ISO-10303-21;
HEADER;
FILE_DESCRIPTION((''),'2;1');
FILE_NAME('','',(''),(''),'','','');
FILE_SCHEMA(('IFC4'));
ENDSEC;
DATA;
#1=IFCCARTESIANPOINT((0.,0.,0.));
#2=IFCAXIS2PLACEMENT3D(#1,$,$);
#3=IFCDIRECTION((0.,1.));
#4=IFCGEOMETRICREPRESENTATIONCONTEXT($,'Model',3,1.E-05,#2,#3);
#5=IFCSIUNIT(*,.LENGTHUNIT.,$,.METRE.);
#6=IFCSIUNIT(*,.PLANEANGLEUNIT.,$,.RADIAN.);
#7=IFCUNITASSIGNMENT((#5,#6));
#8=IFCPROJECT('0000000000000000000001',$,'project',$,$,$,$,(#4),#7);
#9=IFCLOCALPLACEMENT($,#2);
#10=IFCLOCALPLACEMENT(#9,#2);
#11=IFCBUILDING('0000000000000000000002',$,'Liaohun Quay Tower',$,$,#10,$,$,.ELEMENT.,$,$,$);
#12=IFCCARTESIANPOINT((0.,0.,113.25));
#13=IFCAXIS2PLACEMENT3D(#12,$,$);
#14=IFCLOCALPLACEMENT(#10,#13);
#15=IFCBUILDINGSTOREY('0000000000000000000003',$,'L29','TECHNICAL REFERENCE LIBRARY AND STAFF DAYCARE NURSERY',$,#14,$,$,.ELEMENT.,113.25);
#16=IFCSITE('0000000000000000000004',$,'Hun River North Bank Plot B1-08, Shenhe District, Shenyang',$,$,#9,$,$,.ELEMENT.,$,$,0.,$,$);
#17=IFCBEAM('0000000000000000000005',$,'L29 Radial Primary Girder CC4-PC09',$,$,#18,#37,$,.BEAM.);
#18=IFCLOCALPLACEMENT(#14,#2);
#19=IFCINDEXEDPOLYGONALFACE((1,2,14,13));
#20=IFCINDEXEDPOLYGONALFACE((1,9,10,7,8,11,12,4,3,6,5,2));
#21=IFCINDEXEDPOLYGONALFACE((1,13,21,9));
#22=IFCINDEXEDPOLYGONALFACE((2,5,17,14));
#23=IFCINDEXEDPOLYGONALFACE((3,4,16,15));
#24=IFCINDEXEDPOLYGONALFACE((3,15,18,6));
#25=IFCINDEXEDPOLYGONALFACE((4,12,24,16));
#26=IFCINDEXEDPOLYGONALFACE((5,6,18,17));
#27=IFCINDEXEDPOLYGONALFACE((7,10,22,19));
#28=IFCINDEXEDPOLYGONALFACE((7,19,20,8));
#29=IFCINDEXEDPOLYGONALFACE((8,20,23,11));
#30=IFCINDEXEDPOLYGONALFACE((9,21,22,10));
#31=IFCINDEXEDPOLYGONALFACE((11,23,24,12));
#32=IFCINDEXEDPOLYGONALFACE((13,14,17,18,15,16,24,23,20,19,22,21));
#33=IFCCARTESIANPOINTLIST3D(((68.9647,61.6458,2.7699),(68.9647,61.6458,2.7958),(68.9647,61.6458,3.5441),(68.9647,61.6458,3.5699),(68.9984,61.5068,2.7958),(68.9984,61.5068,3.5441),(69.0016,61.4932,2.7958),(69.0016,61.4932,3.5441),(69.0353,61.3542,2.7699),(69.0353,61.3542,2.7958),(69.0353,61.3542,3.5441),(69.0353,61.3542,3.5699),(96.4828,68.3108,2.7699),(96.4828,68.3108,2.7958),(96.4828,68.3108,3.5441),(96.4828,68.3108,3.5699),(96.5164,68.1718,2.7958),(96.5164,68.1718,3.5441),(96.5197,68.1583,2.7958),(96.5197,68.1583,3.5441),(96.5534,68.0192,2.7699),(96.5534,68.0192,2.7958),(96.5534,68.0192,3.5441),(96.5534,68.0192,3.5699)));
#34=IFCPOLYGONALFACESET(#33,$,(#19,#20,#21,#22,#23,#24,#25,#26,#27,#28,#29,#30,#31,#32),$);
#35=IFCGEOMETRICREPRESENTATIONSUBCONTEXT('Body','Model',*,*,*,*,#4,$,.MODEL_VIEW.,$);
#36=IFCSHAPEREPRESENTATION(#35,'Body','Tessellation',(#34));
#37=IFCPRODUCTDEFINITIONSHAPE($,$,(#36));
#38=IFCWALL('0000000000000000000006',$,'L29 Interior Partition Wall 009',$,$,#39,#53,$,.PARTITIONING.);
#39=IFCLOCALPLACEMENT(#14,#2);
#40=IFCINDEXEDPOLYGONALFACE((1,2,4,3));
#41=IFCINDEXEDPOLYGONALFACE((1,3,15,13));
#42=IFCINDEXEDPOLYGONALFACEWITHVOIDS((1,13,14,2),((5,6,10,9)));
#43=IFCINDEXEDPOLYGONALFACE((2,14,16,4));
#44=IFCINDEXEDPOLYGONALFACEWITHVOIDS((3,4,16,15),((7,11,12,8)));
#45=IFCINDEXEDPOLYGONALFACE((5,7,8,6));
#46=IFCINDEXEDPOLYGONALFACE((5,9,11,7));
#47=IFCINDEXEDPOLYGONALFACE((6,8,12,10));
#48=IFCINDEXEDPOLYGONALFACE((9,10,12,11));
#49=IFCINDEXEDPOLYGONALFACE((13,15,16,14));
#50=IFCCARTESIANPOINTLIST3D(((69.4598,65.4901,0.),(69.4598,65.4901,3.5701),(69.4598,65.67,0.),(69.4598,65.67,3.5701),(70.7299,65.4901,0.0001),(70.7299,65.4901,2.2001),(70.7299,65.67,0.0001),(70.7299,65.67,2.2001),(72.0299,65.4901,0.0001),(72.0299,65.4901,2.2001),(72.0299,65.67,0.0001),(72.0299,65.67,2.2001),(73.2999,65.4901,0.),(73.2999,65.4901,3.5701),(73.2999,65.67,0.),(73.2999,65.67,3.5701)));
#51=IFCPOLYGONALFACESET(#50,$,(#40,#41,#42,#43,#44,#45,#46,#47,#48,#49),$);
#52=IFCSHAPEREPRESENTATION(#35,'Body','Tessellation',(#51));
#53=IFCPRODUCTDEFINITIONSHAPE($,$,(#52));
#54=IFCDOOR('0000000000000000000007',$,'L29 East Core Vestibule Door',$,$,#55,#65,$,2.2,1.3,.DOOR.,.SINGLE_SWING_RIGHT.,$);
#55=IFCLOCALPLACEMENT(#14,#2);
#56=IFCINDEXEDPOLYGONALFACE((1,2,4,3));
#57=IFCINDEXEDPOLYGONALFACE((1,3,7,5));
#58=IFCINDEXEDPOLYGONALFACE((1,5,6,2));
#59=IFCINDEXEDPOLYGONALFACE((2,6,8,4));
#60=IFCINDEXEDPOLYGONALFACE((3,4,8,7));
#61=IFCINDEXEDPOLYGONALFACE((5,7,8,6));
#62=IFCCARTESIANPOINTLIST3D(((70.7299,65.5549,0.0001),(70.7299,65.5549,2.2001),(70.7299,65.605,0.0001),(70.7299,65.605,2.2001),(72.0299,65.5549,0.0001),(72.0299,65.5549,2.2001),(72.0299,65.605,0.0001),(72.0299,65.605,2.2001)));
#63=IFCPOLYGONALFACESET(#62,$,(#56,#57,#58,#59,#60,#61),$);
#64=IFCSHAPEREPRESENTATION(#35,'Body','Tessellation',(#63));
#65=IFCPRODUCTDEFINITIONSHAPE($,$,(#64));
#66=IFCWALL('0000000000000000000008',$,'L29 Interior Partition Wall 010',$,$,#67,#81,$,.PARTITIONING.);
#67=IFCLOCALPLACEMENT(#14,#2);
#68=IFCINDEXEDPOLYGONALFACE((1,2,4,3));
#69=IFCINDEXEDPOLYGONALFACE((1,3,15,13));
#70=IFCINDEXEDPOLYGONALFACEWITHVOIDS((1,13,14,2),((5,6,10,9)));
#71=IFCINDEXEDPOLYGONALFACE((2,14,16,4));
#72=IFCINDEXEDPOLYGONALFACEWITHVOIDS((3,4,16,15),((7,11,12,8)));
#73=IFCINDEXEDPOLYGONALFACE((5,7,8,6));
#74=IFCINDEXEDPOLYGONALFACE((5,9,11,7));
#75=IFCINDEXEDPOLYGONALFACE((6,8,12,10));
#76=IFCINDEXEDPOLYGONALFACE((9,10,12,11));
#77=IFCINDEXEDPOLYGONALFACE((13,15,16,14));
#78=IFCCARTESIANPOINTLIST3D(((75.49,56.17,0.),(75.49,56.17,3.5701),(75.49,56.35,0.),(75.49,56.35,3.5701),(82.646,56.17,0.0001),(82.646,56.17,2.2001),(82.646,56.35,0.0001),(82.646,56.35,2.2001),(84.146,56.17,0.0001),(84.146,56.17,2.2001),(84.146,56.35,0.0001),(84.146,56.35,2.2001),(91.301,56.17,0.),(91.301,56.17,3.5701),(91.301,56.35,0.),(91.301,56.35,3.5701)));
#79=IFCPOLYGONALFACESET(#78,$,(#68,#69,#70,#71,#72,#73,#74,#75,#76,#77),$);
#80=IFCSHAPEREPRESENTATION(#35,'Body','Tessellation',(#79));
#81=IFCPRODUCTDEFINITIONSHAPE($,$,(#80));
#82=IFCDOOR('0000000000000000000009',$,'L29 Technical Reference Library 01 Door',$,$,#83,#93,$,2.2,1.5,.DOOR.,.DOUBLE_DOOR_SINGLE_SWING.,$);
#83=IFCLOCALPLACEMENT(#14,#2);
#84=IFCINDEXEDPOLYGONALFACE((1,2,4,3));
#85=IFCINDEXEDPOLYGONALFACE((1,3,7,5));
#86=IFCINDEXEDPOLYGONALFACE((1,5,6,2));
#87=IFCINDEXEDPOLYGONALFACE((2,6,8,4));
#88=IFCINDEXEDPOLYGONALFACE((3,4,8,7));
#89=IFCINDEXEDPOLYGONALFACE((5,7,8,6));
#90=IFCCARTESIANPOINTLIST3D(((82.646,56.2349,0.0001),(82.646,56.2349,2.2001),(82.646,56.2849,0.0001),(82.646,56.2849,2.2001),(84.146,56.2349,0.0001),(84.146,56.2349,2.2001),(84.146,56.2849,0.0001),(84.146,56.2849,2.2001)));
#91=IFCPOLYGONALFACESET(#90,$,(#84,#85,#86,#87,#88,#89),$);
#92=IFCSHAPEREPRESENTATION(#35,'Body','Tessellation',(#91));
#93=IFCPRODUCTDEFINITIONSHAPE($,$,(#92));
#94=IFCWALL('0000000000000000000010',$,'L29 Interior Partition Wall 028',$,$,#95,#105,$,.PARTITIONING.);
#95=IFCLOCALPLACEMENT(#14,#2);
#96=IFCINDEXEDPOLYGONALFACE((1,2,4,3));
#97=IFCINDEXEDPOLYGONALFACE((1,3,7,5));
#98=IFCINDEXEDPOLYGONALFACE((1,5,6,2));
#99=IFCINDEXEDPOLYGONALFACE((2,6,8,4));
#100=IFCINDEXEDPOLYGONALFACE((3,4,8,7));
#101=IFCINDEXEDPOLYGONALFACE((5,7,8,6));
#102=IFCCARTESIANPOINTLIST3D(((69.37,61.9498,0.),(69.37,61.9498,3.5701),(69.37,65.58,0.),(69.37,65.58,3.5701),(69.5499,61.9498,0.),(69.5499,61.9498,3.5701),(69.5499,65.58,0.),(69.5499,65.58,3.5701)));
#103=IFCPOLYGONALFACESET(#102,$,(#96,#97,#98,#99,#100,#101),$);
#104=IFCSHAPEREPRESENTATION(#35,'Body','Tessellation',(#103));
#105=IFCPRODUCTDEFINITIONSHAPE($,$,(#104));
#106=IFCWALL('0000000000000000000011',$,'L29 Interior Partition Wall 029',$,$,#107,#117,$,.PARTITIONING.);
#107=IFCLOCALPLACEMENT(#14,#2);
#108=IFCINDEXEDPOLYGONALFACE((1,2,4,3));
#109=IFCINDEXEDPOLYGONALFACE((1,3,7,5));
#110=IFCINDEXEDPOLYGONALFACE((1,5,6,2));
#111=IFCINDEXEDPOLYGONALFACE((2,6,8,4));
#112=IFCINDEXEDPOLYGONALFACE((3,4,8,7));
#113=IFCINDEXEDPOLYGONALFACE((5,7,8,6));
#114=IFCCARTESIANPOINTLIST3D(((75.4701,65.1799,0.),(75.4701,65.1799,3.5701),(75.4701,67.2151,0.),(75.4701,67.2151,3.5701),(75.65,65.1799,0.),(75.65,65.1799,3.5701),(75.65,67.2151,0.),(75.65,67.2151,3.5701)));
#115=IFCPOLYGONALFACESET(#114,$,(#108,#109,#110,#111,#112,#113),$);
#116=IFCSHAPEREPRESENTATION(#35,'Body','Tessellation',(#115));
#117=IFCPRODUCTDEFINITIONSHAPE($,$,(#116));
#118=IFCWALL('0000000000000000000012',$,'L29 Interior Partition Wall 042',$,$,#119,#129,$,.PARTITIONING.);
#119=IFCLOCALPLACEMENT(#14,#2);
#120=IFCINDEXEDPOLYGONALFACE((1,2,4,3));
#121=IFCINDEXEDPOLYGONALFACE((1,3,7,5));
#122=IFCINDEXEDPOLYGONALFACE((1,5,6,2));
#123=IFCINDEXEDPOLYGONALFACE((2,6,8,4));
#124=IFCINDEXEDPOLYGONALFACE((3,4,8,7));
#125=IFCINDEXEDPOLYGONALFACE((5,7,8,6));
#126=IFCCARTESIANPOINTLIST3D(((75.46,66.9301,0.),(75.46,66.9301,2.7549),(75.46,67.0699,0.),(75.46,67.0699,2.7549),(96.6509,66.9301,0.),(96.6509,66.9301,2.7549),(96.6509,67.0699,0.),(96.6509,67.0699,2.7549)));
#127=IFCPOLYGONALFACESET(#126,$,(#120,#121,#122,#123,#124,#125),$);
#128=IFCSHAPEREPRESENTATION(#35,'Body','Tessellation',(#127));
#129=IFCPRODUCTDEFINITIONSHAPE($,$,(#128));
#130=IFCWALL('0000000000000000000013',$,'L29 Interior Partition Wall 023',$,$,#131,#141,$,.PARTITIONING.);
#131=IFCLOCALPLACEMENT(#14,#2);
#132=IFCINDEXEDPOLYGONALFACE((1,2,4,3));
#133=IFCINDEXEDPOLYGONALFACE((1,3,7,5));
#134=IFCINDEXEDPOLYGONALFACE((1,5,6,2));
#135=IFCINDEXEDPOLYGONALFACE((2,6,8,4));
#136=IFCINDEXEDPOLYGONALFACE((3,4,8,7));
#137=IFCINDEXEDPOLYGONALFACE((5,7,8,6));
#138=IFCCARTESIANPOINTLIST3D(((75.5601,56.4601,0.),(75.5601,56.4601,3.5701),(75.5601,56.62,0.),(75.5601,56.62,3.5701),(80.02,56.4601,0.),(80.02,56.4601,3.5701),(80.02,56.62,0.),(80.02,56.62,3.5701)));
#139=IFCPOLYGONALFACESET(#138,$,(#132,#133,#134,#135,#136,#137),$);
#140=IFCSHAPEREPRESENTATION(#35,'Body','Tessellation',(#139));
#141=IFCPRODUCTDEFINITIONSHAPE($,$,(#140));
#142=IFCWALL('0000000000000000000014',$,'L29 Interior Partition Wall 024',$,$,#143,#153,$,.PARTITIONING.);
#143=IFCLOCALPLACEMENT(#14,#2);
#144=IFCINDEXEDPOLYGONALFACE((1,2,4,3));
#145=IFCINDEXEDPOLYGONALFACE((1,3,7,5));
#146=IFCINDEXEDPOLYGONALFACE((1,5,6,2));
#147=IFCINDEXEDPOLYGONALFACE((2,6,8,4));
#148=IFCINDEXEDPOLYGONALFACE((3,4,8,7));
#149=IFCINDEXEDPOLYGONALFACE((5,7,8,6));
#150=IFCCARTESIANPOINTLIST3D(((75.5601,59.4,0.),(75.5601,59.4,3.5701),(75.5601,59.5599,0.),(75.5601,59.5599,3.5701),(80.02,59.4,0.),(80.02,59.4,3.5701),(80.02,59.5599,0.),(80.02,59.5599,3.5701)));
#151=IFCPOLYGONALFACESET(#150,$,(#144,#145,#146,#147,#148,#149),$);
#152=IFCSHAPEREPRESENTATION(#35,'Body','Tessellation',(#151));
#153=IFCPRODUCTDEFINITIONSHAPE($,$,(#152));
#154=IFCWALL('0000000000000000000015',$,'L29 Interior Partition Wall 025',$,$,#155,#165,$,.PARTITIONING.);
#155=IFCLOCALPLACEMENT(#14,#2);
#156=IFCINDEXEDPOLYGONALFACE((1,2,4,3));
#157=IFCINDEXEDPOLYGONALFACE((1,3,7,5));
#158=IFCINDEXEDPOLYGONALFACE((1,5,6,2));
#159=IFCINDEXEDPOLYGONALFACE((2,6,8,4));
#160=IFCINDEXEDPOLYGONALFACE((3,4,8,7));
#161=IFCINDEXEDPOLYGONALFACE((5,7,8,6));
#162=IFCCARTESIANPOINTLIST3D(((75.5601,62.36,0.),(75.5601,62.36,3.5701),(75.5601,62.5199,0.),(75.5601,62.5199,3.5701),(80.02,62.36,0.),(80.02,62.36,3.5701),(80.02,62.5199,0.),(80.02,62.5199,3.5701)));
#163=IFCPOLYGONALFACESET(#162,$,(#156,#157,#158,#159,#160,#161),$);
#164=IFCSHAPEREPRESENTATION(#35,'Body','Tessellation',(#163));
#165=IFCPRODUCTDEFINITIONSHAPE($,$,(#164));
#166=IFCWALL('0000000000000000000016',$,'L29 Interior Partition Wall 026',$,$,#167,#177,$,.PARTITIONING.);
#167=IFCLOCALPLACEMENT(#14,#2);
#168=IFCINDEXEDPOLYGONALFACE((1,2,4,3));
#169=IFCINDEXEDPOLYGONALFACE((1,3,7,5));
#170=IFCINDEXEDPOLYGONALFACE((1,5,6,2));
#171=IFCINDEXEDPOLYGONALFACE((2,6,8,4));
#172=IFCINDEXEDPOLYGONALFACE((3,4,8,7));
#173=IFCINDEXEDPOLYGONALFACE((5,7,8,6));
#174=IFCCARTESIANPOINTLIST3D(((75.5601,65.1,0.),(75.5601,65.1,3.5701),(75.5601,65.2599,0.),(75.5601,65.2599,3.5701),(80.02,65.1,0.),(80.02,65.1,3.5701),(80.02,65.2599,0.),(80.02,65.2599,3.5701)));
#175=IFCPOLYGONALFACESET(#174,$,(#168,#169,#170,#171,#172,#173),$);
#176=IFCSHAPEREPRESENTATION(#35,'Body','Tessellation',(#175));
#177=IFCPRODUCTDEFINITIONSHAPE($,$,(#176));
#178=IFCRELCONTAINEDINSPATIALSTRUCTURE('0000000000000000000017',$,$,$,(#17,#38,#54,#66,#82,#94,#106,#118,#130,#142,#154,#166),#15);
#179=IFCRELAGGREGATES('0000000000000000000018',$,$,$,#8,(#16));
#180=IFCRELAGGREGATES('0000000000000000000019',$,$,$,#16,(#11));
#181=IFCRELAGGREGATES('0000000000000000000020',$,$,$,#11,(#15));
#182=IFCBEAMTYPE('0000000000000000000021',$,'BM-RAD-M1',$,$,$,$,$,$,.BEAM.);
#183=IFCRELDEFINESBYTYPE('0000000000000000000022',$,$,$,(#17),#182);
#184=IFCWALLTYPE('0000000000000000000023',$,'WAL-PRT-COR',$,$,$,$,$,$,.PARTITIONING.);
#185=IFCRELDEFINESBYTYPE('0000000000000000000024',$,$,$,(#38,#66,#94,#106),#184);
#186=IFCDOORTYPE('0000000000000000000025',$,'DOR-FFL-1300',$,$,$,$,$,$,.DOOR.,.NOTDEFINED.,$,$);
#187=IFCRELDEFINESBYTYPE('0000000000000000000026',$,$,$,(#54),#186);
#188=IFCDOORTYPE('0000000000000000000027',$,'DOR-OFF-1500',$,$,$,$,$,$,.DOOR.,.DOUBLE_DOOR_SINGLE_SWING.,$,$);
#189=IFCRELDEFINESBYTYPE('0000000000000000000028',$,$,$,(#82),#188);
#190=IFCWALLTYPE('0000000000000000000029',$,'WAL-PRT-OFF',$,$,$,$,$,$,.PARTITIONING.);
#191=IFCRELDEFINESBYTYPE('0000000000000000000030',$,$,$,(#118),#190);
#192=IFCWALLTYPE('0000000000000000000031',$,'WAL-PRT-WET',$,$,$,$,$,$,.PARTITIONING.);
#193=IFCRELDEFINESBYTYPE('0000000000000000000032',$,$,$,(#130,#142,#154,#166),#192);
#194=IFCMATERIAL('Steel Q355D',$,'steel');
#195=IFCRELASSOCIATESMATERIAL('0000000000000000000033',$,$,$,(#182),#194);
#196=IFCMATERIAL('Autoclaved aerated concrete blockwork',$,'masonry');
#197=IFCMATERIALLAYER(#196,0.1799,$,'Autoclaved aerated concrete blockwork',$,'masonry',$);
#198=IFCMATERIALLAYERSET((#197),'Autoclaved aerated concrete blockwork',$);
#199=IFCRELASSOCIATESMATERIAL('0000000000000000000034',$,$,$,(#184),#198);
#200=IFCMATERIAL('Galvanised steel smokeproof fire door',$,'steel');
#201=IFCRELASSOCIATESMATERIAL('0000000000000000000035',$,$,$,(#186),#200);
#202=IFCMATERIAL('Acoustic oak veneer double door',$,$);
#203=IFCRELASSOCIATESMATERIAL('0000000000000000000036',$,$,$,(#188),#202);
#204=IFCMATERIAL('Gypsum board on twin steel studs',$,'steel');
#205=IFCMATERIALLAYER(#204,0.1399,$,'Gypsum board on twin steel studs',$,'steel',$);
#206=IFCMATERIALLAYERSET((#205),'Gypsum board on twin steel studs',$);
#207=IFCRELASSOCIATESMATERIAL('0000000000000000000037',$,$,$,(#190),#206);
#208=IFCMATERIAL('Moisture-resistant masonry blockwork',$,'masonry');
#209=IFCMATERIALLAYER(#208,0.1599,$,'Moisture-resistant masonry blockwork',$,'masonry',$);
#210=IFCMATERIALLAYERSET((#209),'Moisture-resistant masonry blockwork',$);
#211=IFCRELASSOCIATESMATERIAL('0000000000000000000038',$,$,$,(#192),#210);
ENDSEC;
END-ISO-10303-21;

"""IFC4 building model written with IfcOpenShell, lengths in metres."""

from ifc_helpers import new_model, si_unit, direction, frame, frame_2d, origin, origin_2d, place, context, subcontext, project, spatial, rectangle, i_section, extrude, source, transform, mapped, material, layer, layer_set, material_profile, profile_set, type_object, element, fill, save


model = new_model("IFC4")

# Units and contexts
model_context = context("Model", 3, precision=1e-05, world=origin(), true_north=direction((0.0, 1.0)))
body_context = subcontext(model_context, "Body", "Model", "MODEL_VIEW")
ifc_project = project(units=[si_unit("LENGTHUNIT", "METRE"), si_unit("PLANEANGLEUNIT", "RADIAN")], contexts=[model_context])

# Site, building, storey
site_placement = place(None, origin())
site = spatial("IfcSite", under=ifc_project, at=site_placement, Name="Hun River North Bank Plot B1-08, Shenhe District, Shenyang", CompositionType="ELEMENT", RefElevation=0.0)
building_placement = place(site_placement, origin())
building = spatial("IfcBuilding", under=site, at=building_placement, Name="Liaohun Quay Tower", CompositionType="ELEMENT")
storey_placement = place(building_placement, frame((0.0, 0.0, 113.25)))
storey = spatial("IfcBuildingStorey", under=building, at=storey_placement, Name="L29", Description="TECHNICAL REFERENCE LIBRARY AND STAFF DAYCARE NURSERY", CompositionType="ELEMENT", Elevation=113.25)

# Beam
ifc_material_1 = material(Name="Steel Q355D", Category="steel")
ifc_material_profile = material_profile(ifc_material_1, i_section(OverallWidth=0.3, OverallDepth=0.8, WebThickness=0.0139, FlangeThickness=0.0259, at=origin_2d()), Name="HN800x300x14x26")
ifc_profile_set = profile_set([ifc_material_profile], Name="Steel Q355D")
beam_type = type_object("IfcBeamType", Name="BM-RAD-M1", PredefinedType="BEAM", material=ifc_profile_set)
shared_shape_1 = source(origin(), body_context, "Body", "SweptSolid", [
    extrude(i_section(OverallWidth=0.3, OverallDepth=0.8, WebThickness=0.0139, FlangeThickness=0.0259, at=origin_2d()), origin(), (0.0, 0.0, 1.0), 28.3137),
])
beam_placement = place(storey_placement, frame((69.0, 61.5, 3.1699), z_axis=(0.971899, 0.2354, 0.0), x_axis=(-0.2354, 0.971899, 0.0)))
element("IfcBeam", 1, at=beam_placement, inside=storey, type_object=beam_type, Name="L29 Radial Primary Girder CC4-PC09", PredefinedType="BEAM", context=body_context, shape_type="MappedRepresentation", body=[
    mapped(shared_shape_1, transform((0.0, 0.0, 0.0), x_axis=(1.0, 0.0, 0.0), y_axis=(0.0, 1.0, 0.0), z_axis=(0.0, 0.0, 1.0), scale=1.0)),
])

# Walls, openings, doors
ifc_material_2 = material(Name="Autoclaved aerated concrete blockwork", Category="masonry")
ifc_layer_1 = layer(ifc_material_2, 0.1799, Name="Autoclaved aerated concrete blockwork", Category="masonry")
ifc_layer_set_1 = layer_set([ifc_layer_1], Name="Autoclaved aerated concrete blockwork")
wall_type_1 = type_object("IfcWallType", Name="WAL-PRT-COR", PredefinedType="PARTITIONING", material=ifc_layer_set_1)
wall_1_placement = place(storey_placement, frame((69.46, 65.5801, 0.0), z_axis=(0.0, 0.0, 1.0), x_axis=(1.0, 0.0, 0.0)))
wall_1 = element("IfcWall", 2, at=wall_1_placement, inside=storey, type_object=wall_type_1, Name="L29 Interior Partition Wall 009", PredefinedType="PARTITIONING", context=body_context, shape_type="SweptSolid", body=[
    extrude(rectangle(XDim=3.8401, YDim=0.1799, at=frame_2d((1.9199, 0.0))), origin(), (0.0, 0.0, 1.0), 3.5701),
])
shared_shape_2 = source(origin(), body_context, "Body", "SweptSolid", [
    extrude(rectangle(XDim=1.3, YDim=2.2, at=frame_2d((0.6499, 1.1001))), frame((0.0, 0.0999, 0.0), z_axis=(0.0, -1.0, 0.0), x_axis=(1.0, 0.0, 0.0)), (0.0, 0.0, 1.0), 0.2),
])
opening_1_placement = place(wall_1_placement, frame((1.27, 0.0, 0.0)))
opening_1 = element("IfcOpeningElement", 3, at=opening_1_placement, cuts=wall_1, PredefinedType="OPENING", context=body_context, shape_type="MappedRepresentation", body=[
    mapped(shared_shape_2, transform((0.0, 0.0, 0.0), x_axis=(1.0, 0.0, 0.0), y_axis=(0.0, 1.0, 0.0), z_axis=(0.0, 0.0, 1.0), scale=1.0)),
])
ifc_material_3 = material(Name="Galvanised steel smokeproof fire door", Category="steel")
door_type_1 = type_object("IfcDoorType", Name="DOR-FFL-1300", OperationType="NOTDEFINED", PredefinedType="DOOR", material=ifc_material_3)
shared_shape_3 = source(origin(), body_context, "Body", "SweptSolid", [
    extrude(rectangle(XDim=1.3, YDim=2.2, at=frame_2d((0.6499, 1.1001))), frame((0.0, 0.0249, 0.0), z_axis=(0.0, -1.0, 0.0), x_axis=(1.0, 0.0, 0.0)), (0.0, 0.0, 1.0), 0.05),
])
door_1_placement = place(opening_1_placement, origin())
door_1 = element("IfcDoor", 4, at=door_1_placement, inside=storey, type_object=door_type_1, Name="L29 East Core Vestibule Door", OperationType="SINGLE_SWING_RIGHT", OverallHeight=2.2, OverallWidth=1.3, PredefinedType="DOOR", context=body_context, shape_type="MappedRepresentation", body=[
    mapped(shared_shape_3, transform((0.0, 0.0, 0.0), x_axis=(1.0, 0.0, 0.0), y_axis=(0.0, 1.0, 0.0), z_axis=(0.0, 0.0, 1.0), scale=1.0)),
])
fill(opening_1, door_1)
wall_2_placement = place(storey_placement, frame((75.49, 56.26, 0.0), z_axis=(0.0, 0.0, 1.0), x_axis=(1.0, 0.0, 0.0)))
wall_2 = element("IfcWall", 5, at=wall_2_placement, inside=storey, type_object=wall_type_1, Name="L29 Interior Partition Wall 010", PredefinedType="PARTITIONING", context=body_context, shape_type="SweptSolid", body=[
    extrude(rectangle(XDim=15.811, YDim=0.1799, at=frame_2d((7.9055, 0.0))), origin(), (0.0, 0.0, 1.0), 3.5701),
])
shared_shape_4 = source(origin(), body_context, "Body", "SweptSolid", [
    extrude(rectangle(XDim=1.5, YDim=2.2, at=frame_2d((0.75, 1.1001))), frame((0.0, 0.0999, 0.0), z_axis=(0.0, -1.0, 0.0), x_axis=(1.0, 0.0, 0.0)), (0.0, 0.0, 1.0), 0.2),
])
opening_2_placement = place(wall_2_placement, frame((7.156, 0.0, 0.0)))
opening_2 = element("IfcOpeningElement", 6, at=opening_2_placement, cuts=wall_2, PredefinedType="OPENING", context=body_context, shape_type="MappedRepresentation", body=[
    mapped(shared_shape_4, transform((0.0, 0.0, 0.0), x_axis=(1.0, 0.0, 0.0), y_axis=(0.0, 1.0, 0.0), z_axis=(0.0, 0.0, 1.0), scale=1.0)),
])
ifc_material_4 = material(Name="Acoustic oak veneer double door")
door_type_2 = type_object("IfcDoorType", Name="DOR-OFF-1500", OperationType="DOUBLE_DOOR_SINGLE_SWING", PredefinedType="DOOR", material=ifc_material_4)
shared_shape_5 = source(origin(), body_context, "Body", "SweptSolid", [
    extrude(rectangle(XDim=1.5, YDim=2.2, at=frame_2d((0.75, 1.1001))), frame((0.0, 0.0249, 0.0), z_axis=(0.0, -1.0, 0.0), x_axis=(1.0, 0.0, 0.0)), (0.0, 0.0, 1.0), 0.05),
])
door_2_placement = place(opening_2_placement, origin())
door_2 = element("IfcDoor", 7, at=door_2_placement, inside=storey, type_object=door_type_2, Name="L29 Technical Reference Library 01 Door", OperationType="DOUBLE_DOOR_SINGLE_SWING", OverallHeight=2.2, OverallWidth=1.5, PredefinedType="DOOR", context=body_context, shape_type="MappedRepresentation", body=[
    mapped(shared_shape_5, transform((0.0, 0.0, 0.0), x_axis=(1.0, 0.0, 0.0), y_axis=(0.0, 1.0, 0.0), z_axis=(0.0, 0.0, 1.0), scale=1.0)),
])
fill(opening_2, door_2)

# Walls
wall_3_placement = place(storey_placement, frame((69.46, 61.95, 0.0), z_axis=(0.0, 0.0, 1.0), x_axis=(0.0, 1.0, 0.0)))
element("IfcWall", 8, at=wall_3_placement, inside=storey, type_object=wall_type_1, Name="L29 Interior Partition Wall 028", PredefinedType="PARTITIONING", context=body_context, shape_type="SweptSolid", body=[
    extrude(rectangle(XDim=3.6301, YDim=0.1799, at=frame_2d((1.8149, 0.0))), origin(), (0.0, 0.0, 1.0), 3.5701),
])
wall_4_placement = place(storey_placement, frame((75.5601, 67.2151, 0.0), z_axis=(0.0, 0.0, 1.0), x_axis=(0.0, -1.0, 0.0)))
element("IfcWall", 9, at=wall_4_placement, inside=storey, type_object=wall_type_1, Name="L29 Interior Partition Wall 029", PredefinedType="PARTITIONING", context=body_context, shape_type="SweptSolid", body=[
    extrude(rectangle(XDim=2.0352, YDim=0.1799, at=frame_2d((1.0176, 0.0))), origin(), (0.0, 0.0, 1.0), 3.5701),
])
ifc_material_5 = material(Name="Gypsum board on twin steel studs", Category="steel")
ifc_layer_2 = layer(ifc_material_5, 0.1399, Name="Gypsum board on twin steel studs", Category="steel")
ifc_layer_set_2 = layer_set([ifc_layer_2], Name="Gypsum board on twin steel studs")
wall_type_2 = type_object("IfcWallType", Name="WAL-PRT-OFF", PredefinedType="PARTITIONING", material=ifc_layer_set_2)
wall_5_placement = place(storey_placement, frame((75.46, 67.0, 0.0), z_axis=(0.0, 0.0, 1.0), x_axis=(1.0, 0.0, 0.0)))
element("IfcWall", 10, at=wall_5_placement, inside=storey, type_object=wall_type_2, Name="L29 Interior Partition Wall 042", PredefinedType="PARTITIONING", context=body_context, shape_type="SweptSolid", body=[
    extrude(rectangle(XDim=21.1909, YDim=0.1399, at=frame_2d((10.5955, 0.0))), origin(), (0.0, 0.0, 1.0), 2.7549),
])

# Shared definitions
ifc_material_6 = material(Name="Moisture-resistant masonry blockwork", Category="masonry")
ifc_layer_3 = layer(ifc_material_6, 0.1599, Name="Moisture-resistant masonry blockwork", Category="masonry")
ifc_layer_set_3 = layer_set([ifc_layer_3], Name="Moisture-resistant masonry blockwork")
wall_type_3 = type_object("IfcWallType", Name="WAL-PRT-WET", PredefinedType="PARTITIONING", material=ifc_layer_set_3)

# Walls
for number, where, z_axis, x_axis, name in (
    (11, (75.5601, 56.54, 0.0), (0.0, 0.0, 1.0), (1.0, 0.0, 0.0), "L29 Interior Partition Wall 023"),
    (12, (75.5601, 59.48, 0.0), (0.0, 0.0, 1.0), (1.0, 0.0, 0.0), "L29 Interior Partition Wall 024"),
    (13, (75.5601, 62.4399, 0.0), (0.0, 0.0, 1.0), (1.0, 0.0, 0.0), "L29 Interior Partition Wall 025"),
    (14, (75.5601, 65.1799, 0.0), (0.0, 0.0, 1.0), (1.0, 0.0, 0.0), "L29 Interior Partition Wall 026"),
):
    element("IfcWall", number, at=place(storey_placement, frame(where, z_axis=z_axis, x_axis=x_axis)), inside=storey, type_object=wall_type_3, Name=name, PredefinedType="PARTITIONING", context=body_context, shape_type="SweptSolid", body=[
        extrude(rectangle(XDim=4.46, YDim=0.1599, at=frame_2d((2.23, 0.0))), origin(), (0.0, 0.0, 1.0), 3.5701),
    ])

save(model, "model.ifc")
